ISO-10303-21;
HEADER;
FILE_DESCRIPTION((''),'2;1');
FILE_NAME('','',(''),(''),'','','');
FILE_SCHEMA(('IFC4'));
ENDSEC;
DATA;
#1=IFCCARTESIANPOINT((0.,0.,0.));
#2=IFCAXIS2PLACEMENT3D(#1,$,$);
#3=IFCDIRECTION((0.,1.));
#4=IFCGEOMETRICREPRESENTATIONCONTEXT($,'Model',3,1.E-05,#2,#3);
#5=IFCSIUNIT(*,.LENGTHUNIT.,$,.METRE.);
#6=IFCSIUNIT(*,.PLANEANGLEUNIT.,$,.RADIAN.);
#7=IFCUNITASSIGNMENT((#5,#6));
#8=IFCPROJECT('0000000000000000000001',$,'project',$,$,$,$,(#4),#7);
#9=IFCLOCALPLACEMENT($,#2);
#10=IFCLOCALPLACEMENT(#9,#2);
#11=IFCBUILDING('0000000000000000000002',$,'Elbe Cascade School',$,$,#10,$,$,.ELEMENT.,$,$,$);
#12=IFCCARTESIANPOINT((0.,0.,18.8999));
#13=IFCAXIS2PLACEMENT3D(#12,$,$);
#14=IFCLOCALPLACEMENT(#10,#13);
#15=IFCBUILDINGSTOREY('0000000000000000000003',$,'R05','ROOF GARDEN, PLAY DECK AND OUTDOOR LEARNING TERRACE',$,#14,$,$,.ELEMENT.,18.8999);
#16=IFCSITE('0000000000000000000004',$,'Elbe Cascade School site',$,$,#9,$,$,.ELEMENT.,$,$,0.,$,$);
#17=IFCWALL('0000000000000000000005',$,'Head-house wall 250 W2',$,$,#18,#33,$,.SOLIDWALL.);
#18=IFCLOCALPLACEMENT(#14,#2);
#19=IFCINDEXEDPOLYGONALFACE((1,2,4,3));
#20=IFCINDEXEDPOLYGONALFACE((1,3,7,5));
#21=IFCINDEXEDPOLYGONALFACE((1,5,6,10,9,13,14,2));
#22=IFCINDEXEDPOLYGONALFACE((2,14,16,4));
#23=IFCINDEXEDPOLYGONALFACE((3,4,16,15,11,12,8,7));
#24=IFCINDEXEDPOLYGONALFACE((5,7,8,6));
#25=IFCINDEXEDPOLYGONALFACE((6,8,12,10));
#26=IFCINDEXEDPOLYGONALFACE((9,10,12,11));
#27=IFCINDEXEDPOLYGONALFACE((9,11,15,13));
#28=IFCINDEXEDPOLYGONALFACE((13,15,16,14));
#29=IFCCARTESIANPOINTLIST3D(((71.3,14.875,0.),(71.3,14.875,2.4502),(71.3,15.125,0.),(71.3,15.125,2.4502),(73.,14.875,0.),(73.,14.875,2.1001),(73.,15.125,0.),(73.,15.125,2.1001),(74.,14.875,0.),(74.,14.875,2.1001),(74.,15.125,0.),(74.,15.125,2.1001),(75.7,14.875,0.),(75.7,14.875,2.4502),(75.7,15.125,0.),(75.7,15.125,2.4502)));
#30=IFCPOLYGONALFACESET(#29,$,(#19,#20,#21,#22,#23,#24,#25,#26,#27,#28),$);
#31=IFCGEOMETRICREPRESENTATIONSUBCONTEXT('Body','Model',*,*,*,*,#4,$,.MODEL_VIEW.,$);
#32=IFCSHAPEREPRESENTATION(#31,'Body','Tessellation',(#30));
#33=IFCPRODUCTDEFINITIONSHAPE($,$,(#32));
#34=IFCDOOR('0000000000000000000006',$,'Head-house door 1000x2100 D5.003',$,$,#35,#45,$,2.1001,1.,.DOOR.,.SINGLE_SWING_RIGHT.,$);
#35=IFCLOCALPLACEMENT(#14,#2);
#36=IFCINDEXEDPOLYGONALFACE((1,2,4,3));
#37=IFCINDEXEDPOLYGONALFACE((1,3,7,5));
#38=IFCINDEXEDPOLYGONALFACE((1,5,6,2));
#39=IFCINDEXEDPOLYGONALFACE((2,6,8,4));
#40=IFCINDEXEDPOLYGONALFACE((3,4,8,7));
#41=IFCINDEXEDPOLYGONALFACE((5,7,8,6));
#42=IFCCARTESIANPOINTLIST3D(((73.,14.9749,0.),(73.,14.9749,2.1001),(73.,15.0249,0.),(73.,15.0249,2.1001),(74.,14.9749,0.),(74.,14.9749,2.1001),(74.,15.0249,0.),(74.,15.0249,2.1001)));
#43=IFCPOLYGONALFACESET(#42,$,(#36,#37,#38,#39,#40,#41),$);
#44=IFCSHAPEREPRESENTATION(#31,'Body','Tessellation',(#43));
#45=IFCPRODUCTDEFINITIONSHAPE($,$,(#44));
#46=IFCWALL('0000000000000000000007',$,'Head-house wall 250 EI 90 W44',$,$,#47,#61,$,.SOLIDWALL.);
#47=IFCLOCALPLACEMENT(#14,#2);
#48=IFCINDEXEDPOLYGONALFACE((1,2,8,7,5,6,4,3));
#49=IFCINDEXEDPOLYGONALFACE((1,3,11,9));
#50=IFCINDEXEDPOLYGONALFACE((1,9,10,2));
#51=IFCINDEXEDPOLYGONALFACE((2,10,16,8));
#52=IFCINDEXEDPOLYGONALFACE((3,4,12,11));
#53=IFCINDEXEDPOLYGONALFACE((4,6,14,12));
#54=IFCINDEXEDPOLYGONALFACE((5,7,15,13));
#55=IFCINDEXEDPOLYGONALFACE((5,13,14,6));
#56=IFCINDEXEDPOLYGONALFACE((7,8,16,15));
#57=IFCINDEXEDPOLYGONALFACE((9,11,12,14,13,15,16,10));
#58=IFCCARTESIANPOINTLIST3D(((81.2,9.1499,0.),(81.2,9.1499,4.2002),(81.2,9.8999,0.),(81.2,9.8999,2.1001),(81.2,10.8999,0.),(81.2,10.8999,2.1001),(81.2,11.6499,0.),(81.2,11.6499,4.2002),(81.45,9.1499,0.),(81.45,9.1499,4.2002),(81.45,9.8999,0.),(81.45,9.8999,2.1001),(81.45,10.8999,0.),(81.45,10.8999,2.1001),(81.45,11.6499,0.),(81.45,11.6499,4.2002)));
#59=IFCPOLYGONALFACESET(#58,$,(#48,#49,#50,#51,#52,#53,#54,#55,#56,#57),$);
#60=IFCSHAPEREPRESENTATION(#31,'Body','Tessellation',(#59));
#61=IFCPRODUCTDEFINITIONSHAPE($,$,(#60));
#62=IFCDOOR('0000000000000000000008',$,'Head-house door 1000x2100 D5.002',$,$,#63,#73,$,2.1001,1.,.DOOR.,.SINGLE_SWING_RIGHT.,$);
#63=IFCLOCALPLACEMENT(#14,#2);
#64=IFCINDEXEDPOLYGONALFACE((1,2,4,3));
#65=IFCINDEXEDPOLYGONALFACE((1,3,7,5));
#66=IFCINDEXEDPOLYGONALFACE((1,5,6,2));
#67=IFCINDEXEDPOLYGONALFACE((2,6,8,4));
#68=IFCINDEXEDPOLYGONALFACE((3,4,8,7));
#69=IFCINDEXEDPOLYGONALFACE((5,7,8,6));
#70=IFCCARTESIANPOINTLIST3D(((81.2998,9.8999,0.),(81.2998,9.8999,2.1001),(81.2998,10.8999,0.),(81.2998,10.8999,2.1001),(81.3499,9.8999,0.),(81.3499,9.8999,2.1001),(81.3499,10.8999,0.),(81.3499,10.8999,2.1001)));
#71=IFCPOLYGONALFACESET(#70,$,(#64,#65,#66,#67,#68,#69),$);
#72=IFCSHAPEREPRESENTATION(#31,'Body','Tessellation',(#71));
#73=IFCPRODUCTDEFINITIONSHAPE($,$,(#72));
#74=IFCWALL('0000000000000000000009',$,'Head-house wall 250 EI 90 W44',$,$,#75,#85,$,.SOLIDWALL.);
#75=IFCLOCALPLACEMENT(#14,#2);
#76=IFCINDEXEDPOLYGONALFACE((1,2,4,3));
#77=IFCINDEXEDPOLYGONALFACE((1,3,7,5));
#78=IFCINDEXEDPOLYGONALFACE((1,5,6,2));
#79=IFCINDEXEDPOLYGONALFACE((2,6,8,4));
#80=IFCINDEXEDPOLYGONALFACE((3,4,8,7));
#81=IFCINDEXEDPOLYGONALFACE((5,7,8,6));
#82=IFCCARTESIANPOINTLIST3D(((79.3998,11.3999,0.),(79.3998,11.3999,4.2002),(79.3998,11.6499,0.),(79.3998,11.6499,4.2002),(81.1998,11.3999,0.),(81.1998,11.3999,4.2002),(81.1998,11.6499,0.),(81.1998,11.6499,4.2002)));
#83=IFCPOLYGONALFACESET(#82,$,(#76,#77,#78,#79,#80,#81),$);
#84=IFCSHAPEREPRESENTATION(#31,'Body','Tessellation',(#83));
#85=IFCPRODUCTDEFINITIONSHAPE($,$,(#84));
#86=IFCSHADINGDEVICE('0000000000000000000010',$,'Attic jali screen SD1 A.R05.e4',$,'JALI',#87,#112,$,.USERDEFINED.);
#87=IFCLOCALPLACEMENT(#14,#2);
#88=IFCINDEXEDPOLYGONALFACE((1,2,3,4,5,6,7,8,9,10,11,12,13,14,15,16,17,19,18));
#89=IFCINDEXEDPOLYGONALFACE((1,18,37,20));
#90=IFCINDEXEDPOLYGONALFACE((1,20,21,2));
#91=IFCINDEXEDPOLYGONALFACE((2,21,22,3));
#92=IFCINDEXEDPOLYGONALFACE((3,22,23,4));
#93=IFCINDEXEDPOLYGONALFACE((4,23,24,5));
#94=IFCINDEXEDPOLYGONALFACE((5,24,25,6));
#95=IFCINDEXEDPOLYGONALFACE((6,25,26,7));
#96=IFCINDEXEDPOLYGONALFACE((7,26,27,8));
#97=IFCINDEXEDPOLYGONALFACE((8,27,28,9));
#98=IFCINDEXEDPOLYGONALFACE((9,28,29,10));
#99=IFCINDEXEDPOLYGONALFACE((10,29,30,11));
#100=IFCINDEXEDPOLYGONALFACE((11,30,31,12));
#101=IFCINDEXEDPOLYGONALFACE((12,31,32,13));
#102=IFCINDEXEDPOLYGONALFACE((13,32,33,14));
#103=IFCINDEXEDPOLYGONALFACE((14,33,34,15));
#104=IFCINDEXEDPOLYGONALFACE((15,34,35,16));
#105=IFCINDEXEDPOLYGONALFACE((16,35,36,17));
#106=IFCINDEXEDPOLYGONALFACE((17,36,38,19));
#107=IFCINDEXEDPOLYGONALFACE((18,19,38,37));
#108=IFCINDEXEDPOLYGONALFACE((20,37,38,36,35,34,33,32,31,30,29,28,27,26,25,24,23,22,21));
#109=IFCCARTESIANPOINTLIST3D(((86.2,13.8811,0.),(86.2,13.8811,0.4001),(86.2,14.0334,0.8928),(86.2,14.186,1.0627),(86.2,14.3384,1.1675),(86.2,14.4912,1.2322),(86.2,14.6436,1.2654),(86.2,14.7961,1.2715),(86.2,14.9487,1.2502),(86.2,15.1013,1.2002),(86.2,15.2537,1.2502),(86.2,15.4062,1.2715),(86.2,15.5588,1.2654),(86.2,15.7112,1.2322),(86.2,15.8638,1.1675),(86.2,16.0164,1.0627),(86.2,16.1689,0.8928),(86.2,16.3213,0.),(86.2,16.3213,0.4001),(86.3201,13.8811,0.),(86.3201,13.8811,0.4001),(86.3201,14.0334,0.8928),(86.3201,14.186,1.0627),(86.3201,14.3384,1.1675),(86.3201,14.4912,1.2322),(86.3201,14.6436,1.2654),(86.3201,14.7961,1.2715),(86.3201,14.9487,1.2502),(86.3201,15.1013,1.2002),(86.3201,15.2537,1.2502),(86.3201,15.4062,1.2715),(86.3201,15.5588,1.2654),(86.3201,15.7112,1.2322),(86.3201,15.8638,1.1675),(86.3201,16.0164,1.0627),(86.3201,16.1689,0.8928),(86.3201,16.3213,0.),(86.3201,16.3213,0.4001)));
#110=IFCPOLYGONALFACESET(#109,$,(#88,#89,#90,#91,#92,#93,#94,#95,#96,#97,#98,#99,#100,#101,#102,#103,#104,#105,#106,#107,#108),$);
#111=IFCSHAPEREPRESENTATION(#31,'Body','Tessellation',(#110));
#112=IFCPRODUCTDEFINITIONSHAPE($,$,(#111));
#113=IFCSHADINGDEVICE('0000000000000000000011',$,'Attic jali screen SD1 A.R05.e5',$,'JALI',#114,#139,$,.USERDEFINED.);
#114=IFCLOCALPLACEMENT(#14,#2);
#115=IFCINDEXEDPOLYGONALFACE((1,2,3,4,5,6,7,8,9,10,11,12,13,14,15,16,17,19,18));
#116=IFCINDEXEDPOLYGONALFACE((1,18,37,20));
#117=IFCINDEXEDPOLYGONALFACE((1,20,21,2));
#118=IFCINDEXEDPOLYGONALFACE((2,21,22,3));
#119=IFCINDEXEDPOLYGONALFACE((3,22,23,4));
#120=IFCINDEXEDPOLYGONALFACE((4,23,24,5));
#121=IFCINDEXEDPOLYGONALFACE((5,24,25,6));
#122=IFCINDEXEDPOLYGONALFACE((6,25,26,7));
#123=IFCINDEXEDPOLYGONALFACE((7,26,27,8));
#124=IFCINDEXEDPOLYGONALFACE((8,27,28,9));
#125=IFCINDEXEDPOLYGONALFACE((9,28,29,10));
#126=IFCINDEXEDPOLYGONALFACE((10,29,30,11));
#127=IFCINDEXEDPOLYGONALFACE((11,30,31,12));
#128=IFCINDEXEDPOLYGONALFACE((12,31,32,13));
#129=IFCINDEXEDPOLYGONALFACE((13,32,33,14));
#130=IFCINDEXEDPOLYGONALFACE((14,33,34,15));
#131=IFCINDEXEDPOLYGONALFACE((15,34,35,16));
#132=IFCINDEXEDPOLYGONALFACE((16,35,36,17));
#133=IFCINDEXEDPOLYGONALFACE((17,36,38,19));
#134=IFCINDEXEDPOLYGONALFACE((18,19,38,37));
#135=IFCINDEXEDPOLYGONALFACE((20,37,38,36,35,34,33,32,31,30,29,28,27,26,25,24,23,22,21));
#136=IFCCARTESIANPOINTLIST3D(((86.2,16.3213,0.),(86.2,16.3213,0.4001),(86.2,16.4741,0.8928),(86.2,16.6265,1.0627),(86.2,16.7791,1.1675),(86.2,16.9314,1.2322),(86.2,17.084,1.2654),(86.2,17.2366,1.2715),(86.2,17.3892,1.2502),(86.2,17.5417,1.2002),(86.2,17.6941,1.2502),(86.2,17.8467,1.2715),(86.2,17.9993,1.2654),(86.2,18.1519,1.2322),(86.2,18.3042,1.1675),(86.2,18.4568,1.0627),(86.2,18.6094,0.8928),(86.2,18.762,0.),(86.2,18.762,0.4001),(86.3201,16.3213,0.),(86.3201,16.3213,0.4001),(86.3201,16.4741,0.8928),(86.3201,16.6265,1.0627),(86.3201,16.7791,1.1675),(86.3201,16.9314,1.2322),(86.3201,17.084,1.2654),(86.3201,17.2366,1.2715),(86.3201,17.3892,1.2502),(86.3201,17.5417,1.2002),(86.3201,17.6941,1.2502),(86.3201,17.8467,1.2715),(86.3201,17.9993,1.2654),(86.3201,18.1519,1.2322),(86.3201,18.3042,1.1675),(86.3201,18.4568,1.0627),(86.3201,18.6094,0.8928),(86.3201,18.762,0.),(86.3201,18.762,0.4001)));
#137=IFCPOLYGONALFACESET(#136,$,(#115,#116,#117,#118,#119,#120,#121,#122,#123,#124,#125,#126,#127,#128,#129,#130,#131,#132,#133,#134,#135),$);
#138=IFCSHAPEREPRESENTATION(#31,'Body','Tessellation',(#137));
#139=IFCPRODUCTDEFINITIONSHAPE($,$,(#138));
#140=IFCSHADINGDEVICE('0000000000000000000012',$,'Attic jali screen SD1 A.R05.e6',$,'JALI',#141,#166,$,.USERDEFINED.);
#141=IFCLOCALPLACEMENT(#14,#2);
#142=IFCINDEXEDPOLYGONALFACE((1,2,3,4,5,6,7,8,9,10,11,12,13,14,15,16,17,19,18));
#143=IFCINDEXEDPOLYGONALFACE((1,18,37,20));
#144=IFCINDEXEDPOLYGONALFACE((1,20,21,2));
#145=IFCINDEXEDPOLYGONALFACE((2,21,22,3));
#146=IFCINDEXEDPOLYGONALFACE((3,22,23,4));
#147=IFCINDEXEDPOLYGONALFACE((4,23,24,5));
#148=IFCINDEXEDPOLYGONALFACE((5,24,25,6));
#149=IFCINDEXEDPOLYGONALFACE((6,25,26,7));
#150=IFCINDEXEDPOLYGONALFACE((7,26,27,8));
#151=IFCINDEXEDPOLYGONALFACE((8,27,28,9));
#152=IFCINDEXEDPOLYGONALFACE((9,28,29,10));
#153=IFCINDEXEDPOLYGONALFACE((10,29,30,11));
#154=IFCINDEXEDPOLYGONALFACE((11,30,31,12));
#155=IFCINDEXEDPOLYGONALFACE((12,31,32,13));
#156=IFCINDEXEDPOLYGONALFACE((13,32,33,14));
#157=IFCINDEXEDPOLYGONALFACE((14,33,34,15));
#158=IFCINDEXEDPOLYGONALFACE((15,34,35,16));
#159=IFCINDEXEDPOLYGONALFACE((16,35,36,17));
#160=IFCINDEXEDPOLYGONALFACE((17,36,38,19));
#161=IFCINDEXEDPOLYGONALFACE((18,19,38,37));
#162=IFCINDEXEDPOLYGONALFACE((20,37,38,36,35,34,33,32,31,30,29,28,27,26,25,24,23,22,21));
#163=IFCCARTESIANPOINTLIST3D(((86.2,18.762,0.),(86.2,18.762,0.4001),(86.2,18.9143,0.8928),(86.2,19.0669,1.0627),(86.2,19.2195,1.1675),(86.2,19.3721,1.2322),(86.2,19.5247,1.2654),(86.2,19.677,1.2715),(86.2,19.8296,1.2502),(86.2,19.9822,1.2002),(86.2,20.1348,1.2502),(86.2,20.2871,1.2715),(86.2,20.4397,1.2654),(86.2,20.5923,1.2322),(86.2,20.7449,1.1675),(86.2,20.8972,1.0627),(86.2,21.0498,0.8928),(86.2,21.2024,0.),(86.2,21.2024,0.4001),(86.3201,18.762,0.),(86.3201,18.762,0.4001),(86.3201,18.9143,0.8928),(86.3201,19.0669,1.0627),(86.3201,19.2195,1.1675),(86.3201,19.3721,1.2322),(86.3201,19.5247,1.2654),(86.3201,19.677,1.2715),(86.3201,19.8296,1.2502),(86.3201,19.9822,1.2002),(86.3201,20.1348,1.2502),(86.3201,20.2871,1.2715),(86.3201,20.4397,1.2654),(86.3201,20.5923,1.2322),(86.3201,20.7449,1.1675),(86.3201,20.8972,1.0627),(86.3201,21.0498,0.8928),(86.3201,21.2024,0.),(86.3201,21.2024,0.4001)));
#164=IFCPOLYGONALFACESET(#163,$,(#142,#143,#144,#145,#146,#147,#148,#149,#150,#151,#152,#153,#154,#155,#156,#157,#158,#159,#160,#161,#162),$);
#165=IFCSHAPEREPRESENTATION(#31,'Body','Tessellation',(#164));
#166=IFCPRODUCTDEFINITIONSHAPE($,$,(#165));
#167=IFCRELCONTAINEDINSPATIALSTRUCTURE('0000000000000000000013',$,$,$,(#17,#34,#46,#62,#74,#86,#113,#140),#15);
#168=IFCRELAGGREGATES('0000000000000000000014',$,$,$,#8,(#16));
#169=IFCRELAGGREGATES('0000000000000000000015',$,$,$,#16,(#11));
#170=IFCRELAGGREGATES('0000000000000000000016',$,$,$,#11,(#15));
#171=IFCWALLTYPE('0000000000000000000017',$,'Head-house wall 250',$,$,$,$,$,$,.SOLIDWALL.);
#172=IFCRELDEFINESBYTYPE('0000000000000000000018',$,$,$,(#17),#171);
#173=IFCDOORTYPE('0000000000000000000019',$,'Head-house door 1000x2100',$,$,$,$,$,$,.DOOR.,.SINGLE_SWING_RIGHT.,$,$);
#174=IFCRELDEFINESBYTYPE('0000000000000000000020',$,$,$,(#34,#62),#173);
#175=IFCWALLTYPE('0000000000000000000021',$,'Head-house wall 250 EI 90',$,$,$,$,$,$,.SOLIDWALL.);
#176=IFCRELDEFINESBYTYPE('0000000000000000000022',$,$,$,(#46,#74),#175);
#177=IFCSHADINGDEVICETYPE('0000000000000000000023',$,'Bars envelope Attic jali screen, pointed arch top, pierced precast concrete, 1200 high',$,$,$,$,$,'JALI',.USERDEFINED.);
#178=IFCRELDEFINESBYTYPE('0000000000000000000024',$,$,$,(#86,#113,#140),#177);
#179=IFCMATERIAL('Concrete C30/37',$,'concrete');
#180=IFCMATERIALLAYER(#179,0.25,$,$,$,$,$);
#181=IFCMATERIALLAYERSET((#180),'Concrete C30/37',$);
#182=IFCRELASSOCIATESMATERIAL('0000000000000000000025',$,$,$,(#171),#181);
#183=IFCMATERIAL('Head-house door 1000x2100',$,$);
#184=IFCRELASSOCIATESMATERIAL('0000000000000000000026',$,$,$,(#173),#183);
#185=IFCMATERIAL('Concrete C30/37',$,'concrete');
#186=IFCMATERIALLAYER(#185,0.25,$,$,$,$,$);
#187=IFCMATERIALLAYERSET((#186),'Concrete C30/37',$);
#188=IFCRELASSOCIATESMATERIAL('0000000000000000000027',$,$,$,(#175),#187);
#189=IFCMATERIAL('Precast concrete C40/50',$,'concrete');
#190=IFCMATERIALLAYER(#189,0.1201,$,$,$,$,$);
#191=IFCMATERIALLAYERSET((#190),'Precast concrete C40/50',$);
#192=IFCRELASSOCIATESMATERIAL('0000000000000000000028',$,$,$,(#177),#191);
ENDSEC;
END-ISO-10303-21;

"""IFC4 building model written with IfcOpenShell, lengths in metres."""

from ifc_helpers import new_model, si_unit, direction, frame, frame_2d, origin, place, context, subcontext, project, spatial, polyline, rectangle, outline, extrude, material, layer, layer_set, type_object, element, fill, save


model = new_model("IFC4")

# Units and contexts
model_context = context("Model", 3, precision=1e-05, world=origin(), true_north=direction((0.0, 1.0)))
body_context = subcontext(model_context, "Body", "Model", "MODEL_VIEW")
ifc_project = project(units=[si_unit("LENGTHUNIT", "METRE"), si_unit("PLANEANGLEUNIT", "RADIAN")], contexts=[model_context])

# Site, building, storey
site_placement = place(None, origin())
site = spatial("IfcSite", under=ifc_project, at=site_placement, Name="Elbe Cascade School site", CompositionType="ELEMENT", RefElevation=0.0)
building_placement = place(site_placement, origin())
building = spatial("IfcBuilding", under=site, at=building_placement, Name="Elbe Cascade School", CompositionType="ELEMENT")
storey_placement = place(building_placement, frame((0.0, 0.0, 18.8999)))
storey = spatial("IfcBuildingStorey", under=building, at=storey_placement, Name="R05", Description="ROOF GARDEN, PLAY DECK AND OUTDOOR LEARNING TERRACE", CompositionType="ELEMENT", Elevation=18.8999)

# Walls, openings, doors
ifc_material_1 = material(Name="Concrete C30/37", Category="concrete")
ifc_layer_1 = layer(ifc_material_1, 0.25)
ifc_layer_set_1 = layer_set([ifc_layer_1], Name="Concrete C30/37")
wall_type_1 = type_object("IfcWallType", Name="Head-house wall 250", PredefinedType="SOLIDWALL", material=ifc_layer_set_1)
wall_1_placement = place(storey_placement, frame((71.3, 15.0, 0.0), z_axis=(0.0, 0.0, 1.0), x_axis=(1.0, 0.0, 0.0)))
wall_1 = element("IfcWall", 1, at=wall_1_placement, inside=storey, type_object=wall_type_1, Name="Head-house wall 250 W2", PredefinedType="SOLIDWALL", context=body_context, shape_type="SweptSolid", body=[
    extrude(rectangle(XDim=4.3999, YDim=0.25, at=frame_2d((2.2, 0.0))), origin(), (0.0, 0.0, 1.0), 2.4502),
])
opening_1_placement = place(wall_1_placement, frame((1.7, 0.0, 0.0)))
opening_1 = element("IfcOpeningElement", 2, at=opening_1_placement, cuts=wall_1, PredefinedType="OPENING", context=body_context, shape_type="SweptSolid", body=[
    extrude(rectangle(XDim=1.0, YDim=2.1001, at=frame_2d((0.5, 1.05))), frame((0.0, 0.135, 0.0), z_axis=(0.0, -1.0, 0.0), x_axis=(1.0, 0.0, 0.0)), (0.0, 0.0, 1.0), 0.27),
])
ifc_material_2 = material(Name="Head-house door 1000x2100")
door_type_1 = type_object("IfcDoorType", Name="Head-house door 1000x2100", OperationType="SINGLE_SWING_RIGHT", PredefinedType="DOOR", material=ifc_material_2)
door_1_placement = place(opening_1_placement, origin())
door_1 = element("IfcDoor", 3, at=door_1_placement, inside=storey, type_object=door_type_1, Name="Head-house door 1000x2100 D5.003", OperationType="SINGLE_SWING_RIGHT", OverallHeight=2.1001, OverallWidth=1.0, PredefinedType="DOOR", context=body_context, shape_type="SweptSolid", body=[
    extrude(rectangle(XDim=1.0, YDim=2.1001, at=frame_2d((0.5, 1.05))), frame((0.0, 0.0249, 0.0), z_axis=(0.0, -1.0, 0.0), x_axis=(1.0, 0.0, 0.0)), (0.0, 0.0, 1.0), 0.05),
])
fill(opening_1, door_1)
ifc_material_3 = material(Name="Concrete C30/37", Category="concrete")
ifc_layer_2 = layer(ifc_material_3, 0.25)
ifc_layer_set_2 = layer_set([ifc_layer_2], Name="Concrete C30/37")
wall_type_2 = type_object("IfcWallType", Name="Head-house wall 250 EI 90", PredefinedType="SOLIDWALL", material=ifc_layer_set_2)
wall_2_placement = place(storey_placement, frame((81.325, 11.6499, 0.0), z_axis=(0.0, 0.0, 1.0), x_axis=(0.0, -1.0, 0.0)))
wall_2 = element("IfcWall", 4, at=wall_2_placement, inside=storey, type_object=wall_type_2, Name="Head-house wall 250 EI 90 W44", PredefinedType="SOLIDWALL", context=body_context, shape_type="SweptSolid", body=[
    extrude(rectangle(XDim=2.5, YDim=0.25, at=frame_2d((1.25, 0.0))), origin(), (0.0, 0.0, 1.0), 4.2002),
])
opening_2_placement = place(wall_2_placement, frame((0.75, 0.0, 0.0)))
opening_2 = element("IfcOpeningElement", 5, at=opening_2_placement, cuts=wall_2, PredefinedType="OPENING", context=body_context, shape_type="SweptSolid", body=[
    extrude(rectangle(XDim=1.0, YDim=2.1001, at=frame_2d((0.5, 1.05))), frame((0.0, 0.135, 0.0), z_axis=(0.0, -1.0, 0.0), x_axis=(1.0, 0.0, 0.0)), (0.0, 0.0, 1.0), 0.27),
])
door_2_placement = place(opening_2_placement, origin())
door_2 = element("IfcDoor", 6, at=door_2_placement, inside=storey, type_object=door_type_1, Name="Head-house door 1000x2100 D5.002", OperationType="SINGLE_SWING_RIGHT", OverallHeight=2.1001, OverallWidth=1.0, PredefinedType="DOOR", context=body_context, shape_type="SweptSolid", body=[
    extrude(rectangle(XDim=1.0, YDim=2.1001, at=frame_2d((0.5, 1.05))), frame((0.0, 0.0249, 0.0), z_axis=(0.0, -1.0, 0.0), x_axis=(1.0, 0.0, 0.0)), (0.0, 0.0, 1.0), 0.05),
])
fill(opening_2, door_2)

# Wall
wall_3_placement = place(storey_placement, frame((79.3999, 11.5249, 0.0), z_axis=(0.0, 0.0, 1.0), x_axis=(1.0, 0.0, 0.0)))
element("IfcWall", 7, at=wall_3_placement, inside=storey, type_object=wall_type_2, Name="Head-house wall 250 EI 90 W44", PredefinedType="SOLIDWALL", context=body_context, shape_type="SweptSolid", body=[
    extrude(rectangle(XDim=1.8, YDim=0.25, at=frame_2d((0.8999, 0.0))), origin(), (0.0, 0.0, 1.0), 4.2002),
])

# Shading devices
ifc_material_4 = material(Name="Precast concrete C40/50", Category="concrete")
ifc_layer_3 = layer(ifc_material_4, 0.1201)
ifc_layer_set_3 = layer_set([ifc_layer_3], Name="Precast concrete C40/50")
shading_device_type = type_object("IfcShadingDeviceType", Name="Bars envelope Attic jali screen, pointed arch top, pierced precast concrete, 1200 high", ElementType="JALI", PredefinedType="USERDEFINED", material=ifc_layer_set_3)
shading_device_1_placement = place(storey_placement, frame((86.3201, 13.8811, 0.0), z_axis=(1.0, 0.0, 0.0), x_axis=(0.0, 1.0, 0.0)))
element("IfcShadingDevice", 8, at=shading_device_1_placement, inside=storey, type_object=shading_device_type, Name="Attic jali screen SD1 A.R05.e4", ObjectType="JALI", PredefinedType="USERDEFINED", context=body_context, shape_type="SweptSolid", body=[
    extrude(outline(polyline([(0.0, 0.0), (2.4402, 0.0), (2.4402, 0.4001), (2.2878, 0.8928), (2.1353, 1.0627), (1.9827, 1.1675), (1.8301, 1.2322), (1.6777, 1.2654), (1.5251, 1.2715), (1.3726, 1.2502), (1.2202, 1.2002), (1.0676, 1.2502), (0.915, 1.2715), (0.7625, 1.2654), (0.6101, 1.2322), (0.4573, 1.1675), (0.3049, 1.0627), (0.1523, 0.8928), (0.0, 0.4001), (0.0, 0.0)])), origin(), (0.0, 0.0, -1.0), 0.1201),
])
shading_device_2_placement = place(storey_placement, frame((86.3201, 16.3213, 0.0), z_axis=(1.0, 0.0, 0.0), x_axis=(0.0, 1.0, 0.0)))
element("IfcShadingDevice", 9, at=shading_device_2_placement, inside=storey, type_object=shading_device_type, Name="Attic jali screen SD1 A.R05.e5", ObjectType="JALI", PredefinedType="USERDEFINED", context=body_context, shape_type="SweptSolid", body=[
    extrude(outline(polyline([(0.0, 0.0), (2.4407, 0.0), (2.4407, 0.4001), (2.2881, 0.8928), (2.1355, 1.0627), (1.9829, 1.1675), (1.8306, 1.2322), (1.678, 1.2654), (1.5254, 1.2715), (1.3728, 1.2502), (1.2205, 1.2002), (1.0679, 1.2502), (0.9153, 1.2715), (0.7627, 1.2654), (0.6101, 1.2322), (0.4578, 1.1675), (0.3052, 1.0627), (0.1528, 0.8928), (0.0, 0.4001), (0.0, 0.0)])), origin(), (0.0, 0.0, -1.0), 0.1201),
])
shading_device_3_placement = place(storey_placement, frame((86.3201, 18.762, 0.0), z_axis=(1.0, 0.0, 0.0), x_axis=(0.0, 1.0, 0.0)))
element("IfcShadingDevice", 10, at=shading_device_3_placement, inside=storey, type_object=shading_device_type, Name="Attic jali screen SD1 A.R05.e6", ObjectType="JALI", PredefinedType="USERDEFINED", context=body_context, shape_type="SweptSolid", body=[
    extrude(outline(polyline([(0.0, 0.0), (2.4404, 0.0), (2.4404, 0.4001), (2.2878, 0.8928), (2.1353, 1.0627), (1.9829, 1.1675), (1.8303, 1.2322), (1.6777, 1.2654), (1.5251, 1.2715), (1.3728, 1.2502), (1.2202, 1.2002), (1.0676, 1.2502), (0.915, 1.2715), (0.7627, 1.2654), (0.6101, 1.2322), (0.4575, 1.1675), (0.3049, 1.0627), (0.1523, 0.8928), (0.0, 0.4001), (0.0, 0.0)])), origin(), (0.0, 0.0, -1.0), 0.1201),
])

save(model, "model.ifc")
